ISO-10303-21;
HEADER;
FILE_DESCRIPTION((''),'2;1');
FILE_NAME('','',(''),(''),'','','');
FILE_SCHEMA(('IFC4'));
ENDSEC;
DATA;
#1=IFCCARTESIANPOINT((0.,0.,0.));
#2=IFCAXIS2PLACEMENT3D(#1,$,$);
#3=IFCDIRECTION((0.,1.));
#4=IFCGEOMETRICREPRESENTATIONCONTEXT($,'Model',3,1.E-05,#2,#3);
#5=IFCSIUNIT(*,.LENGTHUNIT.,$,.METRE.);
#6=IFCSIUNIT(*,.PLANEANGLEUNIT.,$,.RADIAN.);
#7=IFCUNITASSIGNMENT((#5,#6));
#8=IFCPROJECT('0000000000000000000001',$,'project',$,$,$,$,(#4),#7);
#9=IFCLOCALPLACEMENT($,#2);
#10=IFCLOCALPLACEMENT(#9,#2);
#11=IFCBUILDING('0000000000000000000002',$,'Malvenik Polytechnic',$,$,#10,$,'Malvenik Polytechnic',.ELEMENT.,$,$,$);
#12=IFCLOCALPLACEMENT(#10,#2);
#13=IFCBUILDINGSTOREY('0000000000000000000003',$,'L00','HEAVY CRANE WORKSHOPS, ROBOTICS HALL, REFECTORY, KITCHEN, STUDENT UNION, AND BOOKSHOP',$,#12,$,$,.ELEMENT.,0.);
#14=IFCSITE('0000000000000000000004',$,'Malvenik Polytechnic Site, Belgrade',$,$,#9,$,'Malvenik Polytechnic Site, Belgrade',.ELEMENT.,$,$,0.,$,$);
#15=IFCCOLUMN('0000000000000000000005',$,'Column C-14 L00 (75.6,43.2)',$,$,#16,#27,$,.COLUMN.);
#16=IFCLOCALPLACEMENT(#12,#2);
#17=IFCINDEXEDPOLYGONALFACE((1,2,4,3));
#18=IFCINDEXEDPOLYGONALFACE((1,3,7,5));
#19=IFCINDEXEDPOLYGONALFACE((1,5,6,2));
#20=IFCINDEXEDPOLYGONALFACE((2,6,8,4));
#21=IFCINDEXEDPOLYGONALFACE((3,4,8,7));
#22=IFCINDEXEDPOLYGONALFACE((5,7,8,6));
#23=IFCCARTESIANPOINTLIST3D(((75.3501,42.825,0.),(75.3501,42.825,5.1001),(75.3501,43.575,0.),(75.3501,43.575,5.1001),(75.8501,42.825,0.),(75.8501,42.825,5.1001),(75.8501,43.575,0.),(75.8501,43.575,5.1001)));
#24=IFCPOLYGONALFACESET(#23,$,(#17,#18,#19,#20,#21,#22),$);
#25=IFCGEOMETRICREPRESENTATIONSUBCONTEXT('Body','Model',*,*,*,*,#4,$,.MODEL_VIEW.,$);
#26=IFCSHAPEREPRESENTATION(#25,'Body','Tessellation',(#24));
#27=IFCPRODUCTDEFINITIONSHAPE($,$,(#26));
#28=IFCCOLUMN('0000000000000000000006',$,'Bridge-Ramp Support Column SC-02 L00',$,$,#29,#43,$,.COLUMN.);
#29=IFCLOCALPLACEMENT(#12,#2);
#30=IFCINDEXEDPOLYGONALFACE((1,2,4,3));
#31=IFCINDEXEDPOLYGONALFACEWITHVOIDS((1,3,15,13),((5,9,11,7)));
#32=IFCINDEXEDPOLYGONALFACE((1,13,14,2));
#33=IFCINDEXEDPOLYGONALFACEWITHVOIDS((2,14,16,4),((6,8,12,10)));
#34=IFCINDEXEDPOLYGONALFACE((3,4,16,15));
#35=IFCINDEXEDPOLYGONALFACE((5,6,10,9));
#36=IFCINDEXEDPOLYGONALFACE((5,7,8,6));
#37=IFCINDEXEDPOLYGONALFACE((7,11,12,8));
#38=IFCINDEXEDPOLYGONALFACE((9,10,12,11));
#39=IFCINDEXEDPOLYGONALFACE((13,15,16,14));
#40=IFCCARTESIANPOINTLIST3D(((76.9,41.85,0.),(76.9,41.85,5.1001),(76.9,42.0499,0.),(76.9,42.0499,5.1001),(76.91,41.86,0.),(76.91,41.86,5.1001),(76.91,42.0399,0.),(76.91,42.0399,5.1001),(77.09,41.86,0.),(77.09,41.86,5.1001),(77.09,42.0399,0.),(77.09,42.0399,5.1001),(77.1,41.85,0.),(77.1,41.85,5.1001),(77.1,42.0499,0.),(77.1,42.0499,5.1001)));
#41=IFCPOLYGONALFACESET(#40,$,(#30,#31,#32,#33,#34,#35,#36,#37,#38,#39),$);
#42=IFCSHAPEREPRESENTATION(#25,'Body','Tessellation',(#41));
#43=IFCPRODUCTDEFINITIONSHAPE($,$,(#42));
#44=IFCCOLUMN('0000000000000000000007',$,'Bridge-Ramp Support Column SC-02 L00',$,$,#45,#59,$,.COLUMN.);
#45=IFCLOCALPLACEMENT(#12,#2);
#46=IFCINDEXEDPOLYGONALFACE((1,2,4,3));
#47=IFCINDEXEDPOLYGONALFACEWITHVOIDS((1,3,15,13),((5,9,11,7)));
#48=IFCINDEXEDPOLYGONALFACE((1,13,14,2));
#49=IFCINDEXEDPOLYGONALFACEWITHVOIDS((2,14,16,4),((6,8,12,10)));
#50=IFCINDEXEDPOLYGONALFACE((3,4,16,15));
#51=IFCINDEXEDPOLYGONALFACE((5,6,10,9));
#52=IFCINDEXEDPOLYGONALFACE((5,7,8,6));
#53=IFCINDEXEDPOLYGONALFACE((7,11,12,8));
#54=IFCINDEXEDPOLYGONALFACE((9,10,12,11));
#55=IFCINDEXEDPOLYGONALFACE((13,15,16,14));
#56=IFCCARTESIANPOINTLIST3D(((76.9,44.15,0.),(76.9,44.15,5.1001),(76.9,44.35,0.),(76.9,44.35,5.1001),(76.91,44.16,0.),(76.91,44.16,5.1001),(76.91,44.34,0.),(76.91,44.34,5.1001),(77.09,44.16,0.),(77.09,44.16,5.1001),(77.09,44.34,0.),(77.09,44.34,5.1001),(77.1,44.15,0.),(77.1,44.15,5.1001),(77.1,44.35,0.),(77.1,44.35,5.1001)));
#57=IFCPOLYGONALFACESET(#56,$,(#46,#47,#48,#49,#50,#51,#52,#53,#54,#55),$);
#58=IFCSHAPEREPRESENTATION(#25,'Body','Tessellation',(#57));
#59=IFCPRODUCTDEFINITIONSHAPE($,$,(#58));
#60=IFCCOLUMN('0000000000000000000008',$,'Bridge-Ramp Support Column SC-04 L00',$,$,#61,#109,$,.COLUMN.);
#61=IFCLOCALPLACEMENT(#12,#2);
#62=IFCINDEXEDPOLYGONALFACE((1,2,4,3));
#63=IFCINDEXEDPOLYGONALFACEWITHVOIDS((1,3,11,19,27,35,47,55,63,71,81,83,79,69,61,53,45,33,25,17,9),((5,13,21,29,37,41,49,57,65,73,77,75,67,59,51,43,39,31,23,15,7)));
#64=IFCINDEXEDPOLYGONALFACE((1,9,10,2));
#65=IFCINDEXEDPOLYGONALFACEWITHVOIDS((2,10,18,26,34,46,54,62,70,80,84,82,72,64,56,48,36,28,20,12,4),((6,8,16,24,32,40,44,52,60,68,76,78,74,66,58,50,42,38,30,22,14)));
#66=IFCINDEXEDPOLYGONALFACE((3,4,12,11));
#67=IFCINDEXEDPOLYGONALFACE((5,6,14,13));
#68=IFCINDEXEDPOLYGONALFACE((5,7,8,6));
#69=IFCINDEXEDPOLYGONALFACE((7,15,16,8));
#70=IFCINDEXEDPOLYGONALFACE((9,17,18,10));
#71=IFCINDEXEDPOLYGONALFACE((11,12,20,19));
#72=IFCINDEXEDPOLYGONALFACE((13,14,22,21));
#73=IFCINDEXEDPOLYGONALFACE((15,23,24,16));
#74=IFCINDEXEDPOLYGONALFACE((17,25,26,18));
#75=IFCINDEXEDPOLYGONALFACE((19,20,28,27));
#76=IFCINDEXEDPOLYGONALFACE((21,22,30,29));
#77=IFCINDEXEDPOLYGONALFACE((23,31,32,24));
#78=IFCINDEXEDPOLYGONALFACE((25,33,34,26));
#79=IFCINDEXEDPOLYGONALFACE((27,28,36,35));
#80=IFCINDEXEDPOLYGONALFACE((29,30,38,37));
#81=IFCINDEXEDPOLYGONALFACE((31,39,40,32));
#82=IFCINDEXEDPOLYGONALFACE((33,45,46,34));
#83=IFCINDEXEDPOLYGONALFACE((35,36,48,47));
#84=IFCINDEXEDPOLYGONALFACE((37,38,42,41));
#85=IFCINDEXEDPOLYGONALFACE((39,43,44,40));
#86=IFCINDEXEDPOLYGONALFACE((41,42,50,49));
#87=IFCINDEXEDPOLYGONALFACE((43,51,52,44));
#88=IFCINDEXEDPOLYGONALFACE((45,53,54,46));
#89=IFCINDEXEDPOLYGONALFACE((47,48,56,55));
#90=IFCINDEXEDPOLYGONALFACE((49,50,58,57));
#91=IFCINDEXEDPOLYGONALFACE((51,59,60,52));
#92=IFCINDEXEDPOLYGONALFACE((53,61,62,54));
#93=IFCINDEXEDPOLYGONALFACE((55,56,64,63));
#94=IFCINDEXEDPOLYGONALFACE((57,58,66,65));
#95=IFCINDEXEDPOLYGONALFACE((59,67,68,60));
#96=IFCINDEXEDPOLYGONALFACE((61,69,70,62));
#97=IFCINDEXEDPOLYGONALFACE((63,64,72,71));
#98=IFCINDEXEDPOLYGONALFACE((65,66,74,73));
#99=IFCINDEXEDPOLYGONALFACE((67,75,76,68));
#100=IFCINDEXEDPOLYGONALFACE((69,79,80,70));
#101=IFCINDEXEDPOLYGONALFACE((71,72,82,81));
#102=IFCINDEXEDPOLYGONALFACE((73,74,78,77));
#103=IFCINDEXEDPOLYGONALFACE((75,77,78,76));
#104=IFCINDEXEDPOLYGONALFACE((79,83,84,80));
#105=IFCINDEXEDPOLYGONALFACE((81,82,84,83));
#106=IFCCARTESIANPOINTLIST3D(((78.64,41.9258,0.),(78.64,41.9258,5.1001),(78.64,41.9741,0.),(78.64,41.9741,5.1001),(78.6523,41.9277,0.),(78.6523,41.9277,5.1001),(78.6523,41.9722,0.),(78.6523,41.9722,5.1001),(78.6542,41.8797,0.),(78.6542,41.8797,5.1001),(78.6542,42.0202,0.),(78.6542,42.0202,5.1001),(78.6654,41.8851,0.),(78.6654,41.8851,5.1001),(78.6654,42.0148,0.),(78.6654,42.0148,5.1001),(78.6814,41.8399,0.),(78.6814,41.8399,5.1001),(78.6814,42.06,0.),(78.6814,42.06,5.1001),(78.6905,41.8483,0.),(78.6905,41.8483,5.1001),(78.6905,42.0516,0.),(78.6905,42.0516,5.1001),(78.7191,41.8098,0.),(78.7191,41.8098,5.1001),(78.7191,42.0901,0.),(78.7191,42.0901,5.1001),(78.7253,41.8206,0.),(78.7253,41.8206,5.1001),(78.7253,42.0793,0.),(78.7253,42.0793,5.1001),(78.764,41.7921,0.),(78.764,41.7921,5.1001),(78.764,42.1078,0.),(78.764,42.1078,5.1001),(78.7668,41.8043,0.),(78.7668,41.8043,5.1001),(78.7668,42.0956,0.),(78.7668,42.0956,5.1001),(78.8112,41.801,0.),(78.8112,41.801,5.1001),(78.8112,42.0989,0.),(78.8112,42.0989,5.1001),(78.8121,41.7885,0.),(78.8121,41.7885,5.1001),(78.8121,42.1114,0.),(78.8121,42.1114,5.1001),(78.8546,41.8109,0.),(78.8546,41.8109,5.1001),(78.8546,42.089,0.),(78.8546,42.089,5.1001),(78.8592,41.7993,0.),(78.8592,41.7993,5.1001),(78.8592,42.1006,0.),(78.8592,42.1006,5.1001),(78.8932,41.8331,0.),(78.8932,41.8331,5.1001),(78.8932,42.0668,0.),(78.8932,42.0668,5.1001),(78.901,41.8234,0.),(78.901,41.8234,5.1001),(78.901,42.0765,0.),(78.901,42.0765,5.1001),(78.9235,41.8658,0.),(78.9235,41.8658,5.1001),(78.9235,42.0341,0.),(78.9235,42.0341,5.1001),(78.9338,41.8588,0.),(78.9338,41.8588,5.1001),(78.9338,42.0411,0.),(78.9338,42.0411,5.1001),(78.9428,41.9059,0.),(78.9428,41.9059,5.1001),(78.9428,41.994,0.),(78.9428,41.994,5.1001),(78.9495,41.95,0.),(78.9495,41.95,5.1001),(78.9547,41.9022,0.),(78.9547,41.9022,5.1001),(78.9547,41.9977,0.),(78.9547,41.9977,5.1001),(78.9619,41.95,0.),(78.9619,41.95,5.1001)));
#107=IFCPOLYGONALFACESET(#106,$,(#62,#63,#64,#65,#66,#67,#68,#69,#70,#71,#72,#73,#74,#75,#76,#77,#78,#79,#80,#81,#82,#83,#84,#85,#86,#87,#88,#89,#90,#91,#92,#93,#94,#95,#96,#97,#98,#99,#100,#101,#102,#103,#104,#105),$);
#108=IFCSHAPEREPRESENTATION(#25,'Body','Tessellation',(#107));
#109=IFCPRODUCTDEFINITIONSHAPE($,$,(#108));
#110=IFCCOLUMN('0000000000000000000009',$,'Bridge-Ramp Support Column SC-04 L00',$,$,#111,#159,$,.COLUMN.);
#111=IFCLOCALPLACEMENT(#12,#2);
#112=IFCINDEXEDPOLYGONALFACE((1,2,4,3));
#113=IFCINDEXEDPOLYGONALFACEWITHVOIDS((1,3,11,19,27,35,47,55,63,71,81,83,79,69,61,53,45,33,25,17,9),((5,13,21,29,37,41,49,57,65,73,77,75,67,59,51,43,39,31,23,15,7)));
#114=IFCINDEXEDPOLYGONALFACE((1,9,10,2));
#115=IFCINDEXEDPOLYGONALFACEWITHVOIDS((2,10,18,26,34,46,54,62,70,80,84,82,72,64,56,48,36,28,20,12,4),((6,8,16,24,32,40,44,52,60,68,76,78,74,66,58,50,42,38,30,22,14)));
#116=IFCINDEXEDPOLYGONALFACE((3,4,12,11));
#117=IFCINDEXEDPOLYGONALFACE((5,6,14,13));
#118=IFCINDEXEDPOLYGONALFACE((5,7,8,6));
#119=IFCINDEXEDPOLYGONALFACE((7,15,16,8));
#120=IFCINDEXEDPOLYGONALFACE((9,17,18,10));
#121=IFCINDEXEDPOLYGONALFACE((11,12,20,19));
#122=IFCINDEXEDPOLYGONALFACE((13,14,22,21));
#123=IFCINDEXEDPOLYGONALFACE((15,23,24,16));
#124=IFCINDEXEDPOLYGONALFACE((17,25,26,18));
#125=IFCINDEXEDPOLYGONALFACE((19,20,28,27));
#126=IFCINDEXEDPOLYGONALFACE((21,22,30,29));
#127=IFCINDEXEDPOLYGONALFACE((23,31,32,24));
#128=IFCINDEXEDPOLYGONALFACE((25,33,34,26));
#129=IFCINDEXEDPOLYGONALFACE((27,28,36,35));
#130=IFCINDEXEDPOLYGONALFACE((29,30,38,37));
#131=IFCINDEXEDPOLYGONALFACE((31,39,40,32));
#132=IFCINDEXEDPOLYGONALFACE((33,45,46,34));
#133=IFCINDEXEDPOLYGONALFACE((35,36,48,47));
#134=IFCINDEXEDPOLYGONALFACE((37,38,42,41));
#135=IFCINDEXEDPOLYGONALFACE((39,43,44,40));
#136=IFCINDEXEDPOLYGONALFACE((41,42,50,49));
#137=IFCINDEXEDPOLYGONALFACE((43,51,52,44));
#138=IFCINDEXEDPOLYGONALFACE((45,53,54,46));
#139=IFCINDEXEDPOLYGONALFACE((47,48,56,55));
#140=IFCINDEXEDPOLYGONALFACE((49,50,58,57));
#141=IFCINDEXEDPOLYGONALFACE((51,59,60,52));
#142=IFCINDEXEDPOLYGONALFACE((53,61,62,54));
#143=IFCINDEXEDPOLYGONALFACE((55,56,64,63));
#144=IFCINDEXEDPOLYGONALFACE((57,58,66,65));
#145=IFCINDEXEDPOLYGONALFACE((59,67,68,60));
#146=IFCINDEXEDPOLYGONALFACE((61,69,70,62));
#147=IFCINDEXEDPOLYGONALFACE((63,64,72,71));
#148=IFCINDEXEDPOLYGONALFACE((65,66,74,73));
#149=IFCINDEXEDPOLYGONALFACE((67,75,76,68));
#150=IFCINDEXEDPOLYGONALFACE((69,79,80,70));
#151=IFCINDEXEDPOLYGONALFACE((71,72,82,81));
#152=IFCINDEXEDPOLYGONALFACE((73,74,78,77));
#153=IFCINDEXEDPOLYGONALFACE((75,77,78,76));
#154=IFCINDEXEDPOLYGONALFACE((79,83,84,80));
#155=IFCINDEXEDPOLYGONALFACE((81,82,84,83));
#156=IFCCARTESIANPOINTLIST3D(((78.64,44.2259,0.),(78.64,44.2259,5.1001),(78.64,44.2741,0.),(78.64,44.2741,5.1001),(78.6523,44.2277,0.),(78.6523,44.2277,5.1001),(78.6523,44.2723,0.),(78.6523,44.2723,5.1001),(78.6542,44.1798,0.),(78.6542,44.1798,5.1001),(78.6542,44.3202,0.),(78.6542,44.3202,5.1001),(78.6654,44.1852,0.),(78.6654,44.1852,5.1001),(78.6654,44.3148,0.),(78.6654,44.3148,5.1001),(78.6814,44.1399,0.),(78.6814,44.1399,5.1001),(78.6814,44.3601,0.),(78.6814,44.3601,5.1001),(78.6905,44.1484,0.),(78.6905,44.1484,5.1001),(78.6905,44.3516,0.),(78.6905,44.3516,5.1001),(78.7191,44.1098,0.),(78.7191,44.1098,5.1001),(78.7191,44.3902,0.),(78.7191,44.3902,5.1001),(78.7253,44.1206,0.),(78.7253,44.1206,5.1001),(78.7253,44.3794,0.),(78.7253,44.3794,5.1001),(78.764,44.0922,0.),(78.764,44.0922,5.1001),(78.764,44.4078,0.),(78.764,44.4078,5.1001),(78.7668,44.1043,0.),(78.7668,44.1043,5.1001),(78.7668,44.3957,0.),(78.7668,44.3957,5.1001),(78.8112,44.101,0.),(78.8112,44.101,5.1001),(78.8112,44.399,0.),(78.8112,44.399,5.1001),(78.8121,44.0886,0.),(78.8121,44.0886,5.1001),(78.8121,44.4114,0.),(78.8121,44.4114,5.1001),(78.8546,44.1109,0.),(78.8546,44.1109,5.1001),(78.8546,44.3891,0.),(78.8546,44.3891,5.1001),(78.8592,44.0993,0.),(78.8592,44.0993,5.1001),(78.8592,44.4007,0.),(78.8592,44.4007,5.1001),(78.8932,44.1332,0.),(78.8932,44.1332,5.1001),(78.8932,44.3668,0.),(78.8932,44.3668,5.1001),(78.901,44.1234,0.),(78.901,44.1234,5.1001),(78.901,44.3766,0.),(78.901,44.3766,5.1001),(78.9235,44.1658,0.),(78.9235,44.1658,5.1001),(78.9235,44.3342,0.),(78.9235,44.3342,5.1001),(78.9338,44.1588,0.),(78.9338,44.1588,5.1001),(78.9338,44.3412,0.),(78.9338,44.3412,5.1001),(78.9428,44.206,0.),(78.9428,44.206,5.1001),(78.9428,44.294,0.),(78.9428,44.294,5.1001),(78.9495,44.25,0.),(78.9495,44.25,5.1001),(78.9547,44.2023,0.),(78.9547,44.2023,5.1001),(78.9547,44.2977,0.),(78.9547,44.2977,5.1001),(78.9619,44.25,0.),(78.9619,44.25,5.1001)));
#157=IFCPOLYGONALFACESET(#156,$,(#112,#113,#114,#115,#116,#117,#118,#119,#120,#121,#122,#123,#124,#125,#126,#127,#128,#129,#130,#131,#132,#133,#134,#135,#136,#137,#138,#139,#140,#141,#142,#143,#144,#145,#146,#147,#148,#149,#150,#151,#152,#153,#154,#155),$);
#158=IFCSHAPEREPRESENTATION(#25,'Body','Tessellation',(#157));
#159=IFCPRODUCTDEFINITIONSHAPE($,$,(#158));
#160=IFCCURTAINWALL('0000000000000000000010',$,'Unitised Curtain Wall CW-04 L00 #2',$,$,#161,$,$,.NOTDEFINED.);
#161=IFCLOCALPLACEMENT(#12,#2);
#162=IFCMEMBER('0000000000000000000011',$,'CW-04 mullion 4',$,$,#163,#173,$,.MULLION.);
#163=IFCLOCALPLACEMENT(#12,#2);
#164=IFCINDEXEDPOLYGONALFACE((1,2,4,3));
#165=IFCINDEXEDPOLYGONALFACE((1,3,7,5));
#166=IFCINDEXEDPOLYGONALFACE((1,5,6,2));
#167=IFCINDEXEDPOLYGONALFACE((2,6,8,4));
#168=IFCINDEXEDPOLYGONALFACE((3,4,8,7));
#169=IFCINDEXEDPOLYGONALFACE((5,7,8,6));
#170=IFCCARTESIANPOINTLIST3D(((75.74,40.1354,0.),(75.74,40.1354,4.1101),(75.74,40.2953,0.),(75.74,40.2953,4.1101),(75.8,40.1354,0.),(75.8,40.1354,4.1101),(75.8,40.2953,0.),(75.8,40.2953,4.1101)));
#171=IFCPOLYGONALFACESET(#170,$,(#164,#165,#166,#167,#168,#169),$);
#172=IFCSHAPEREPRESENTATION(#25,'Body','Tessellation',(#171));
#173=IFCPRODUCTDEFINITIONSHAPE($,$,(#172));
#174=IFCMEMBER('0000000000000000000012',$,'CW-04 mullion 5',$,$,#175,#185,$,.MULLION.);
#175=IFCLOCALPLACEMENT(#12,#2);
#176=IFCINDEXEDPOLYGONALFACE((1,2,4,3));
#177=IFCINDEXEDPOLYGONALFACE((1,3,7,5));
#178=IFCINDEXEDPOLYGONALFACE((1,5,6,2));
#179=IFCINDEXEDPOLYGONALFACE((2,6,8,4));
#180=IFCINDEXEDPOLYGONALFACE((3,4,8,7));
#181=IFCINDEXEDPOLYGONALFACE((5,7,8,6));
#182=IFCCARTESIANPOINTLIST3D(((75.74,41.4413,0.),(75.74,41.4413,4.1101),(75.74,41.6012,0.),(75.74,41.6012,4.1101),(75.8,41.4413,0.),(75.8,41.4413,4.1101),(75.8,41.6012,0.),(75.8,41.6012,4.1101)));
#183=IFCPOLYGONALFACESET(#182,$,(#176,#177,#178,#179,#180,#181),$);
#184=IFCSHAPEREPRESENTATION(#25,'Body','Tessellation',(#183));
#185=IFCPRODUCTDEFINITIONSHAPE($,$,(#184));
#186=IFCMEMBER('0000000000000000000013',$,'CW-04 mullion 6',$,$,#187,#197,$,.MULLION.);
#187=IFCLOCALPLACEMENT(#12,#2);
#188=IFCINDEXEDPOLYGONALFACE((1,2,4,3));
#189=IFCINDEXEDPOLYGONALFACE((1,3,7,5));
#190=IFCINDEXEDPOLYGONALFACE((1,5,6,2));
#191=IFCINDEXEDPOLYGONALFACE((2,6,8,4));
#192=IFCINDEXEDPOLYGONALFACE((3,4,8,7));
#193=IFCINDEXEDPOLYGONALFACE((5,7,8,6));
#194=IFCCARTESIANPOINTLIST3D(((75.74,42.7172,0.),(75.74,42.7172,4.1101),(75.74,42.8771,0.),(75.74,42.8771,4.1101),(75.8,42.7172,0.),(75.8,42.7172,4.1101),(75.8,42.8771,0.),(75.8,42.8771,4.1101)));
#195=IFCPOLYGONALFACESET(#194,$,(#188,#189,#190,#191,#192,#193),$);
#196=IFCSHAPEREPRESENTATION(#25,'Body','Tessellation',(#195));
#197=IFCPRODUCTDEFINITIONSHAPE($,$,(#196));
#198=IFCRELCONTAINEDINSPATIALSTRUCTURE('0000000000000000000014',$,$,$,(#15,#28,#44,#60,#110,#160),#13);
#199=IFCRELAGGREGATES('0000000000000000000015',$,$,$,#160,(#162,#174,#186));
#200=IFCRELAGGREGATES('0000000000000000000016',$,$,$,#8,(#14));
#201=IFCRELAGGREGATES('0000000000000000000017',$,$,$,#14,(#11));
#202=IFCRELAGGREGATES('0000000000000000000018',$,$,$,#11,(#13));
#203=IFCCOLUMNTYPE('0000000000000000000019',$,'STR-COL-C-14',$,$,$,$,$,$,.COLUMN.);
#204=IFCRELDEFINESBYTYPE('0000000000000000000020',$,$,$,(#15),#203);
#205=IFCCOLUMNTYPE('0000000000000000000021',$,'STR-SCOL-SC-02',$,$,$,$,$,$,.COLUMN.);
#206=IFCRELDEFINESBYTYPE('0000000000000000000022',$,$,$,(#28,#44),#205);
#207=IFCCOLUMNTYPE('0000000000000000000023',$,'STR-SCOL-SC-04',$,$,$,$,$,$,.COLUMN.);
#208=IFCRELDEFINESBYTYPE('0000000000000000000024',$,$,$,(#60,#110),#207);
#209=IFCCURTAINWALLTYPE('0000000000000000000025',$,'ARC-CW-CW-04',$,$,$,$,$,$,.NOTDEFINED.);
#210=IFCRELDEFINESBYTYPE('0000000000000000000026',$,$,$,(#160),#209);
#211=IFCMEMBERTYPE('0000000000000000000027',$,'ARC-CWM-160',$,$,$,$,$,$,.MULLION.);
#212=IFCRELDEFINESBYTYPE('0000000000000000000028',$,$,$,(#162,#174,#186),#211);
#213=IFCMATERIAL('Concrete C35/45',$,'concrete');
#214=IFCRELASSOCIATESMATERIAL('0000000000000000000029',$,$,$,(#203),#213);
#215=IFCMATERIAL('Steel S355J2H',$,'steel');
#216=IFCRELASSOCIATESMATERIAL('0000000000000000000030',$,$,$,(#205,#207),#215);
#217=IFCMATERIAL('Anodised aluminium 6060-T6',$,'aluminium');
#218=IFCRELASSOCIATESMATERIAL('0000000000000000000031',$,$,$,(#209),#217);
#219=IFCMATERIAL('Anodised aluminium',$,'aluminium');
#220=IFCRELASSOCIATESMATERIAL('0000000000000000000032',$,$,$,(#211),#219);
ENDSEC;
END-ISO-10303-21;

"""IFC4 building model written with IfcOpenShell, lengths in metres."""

from ifc_helpers import new_model, si_unit, direction, frame, origin, origin_2d, place, context, subcontext, project, spatial, rectangle, hollow_rectangle, hollow_circle, extrude, material, material_profile, profile_set, type_object, element, aggregate, save


model = new_model("IFC4")

# Units and contexts
model_context = context("Model", 3, precision=1e-05, world=origin(), true_north=direction((0.0, 1.0)))
body_context = subcontext(model_context, "Body", "Model", "MODEL_VIEW")
ifc_project = project(units=[si_unit("LENGTHUNIT", "METRE"), si_unit("PLANEANGLEUNIT", "RADIAN")], contexts=[model_context])

# Site, building, storey
site_placement = place(None, origin())
site = spatial("IfcSite", under=ifc_project, at=site_placement, Name="Malvenik Polytechnic Site, Belgrade", LongName="Malvenik Polytechnic Site, Belgrade", CompositionType="ELEMENT", RefElevation=0.0)
building_placement = place(site_placement, origin())
building = spatial("IfcBuilding", under=site, at=building_placement, Name="Malvenik Polytechnic", LongName="Malvenik Polytechnic", CompositionType="ELEMENT")
storey_placement = place(building_placement, origin())
storey = spatial("IfcBuildingStorey", under=building, at=storey_placement, Name="L00", Description="HEAVY CRANE WORKSHOPS, ROBOTICS HALL, REFECTORY, KITCHEN, STUDENT UNION, AND BOOKSHOP", CompositionType="ELEMENT", Elevation=0.0)

# Columns
ifc_material_1 = material(Name="Concrete C35/45", Category="concrete")
ifc_material_profile_1 = material_profile(ifc_material_1, rectangle(XDim=0.5, YDim=0.75, at=origin_2d()), Name="RC COL 750x500")
ifc_profile_set_1 = profile_set([ifc_material_profile_1], Name="Concrete C35/45")
column_type_1 = type_object("IfcColumnType", Name="STR-COL-C-14", PredefinedType="COLUMN", material=ifc_profile_set_1)
column_placement = place(storey_placement, frame((75.6001, 43.2, 0.0), z_axis=(0.0, 0.0, 1.0), x_axis=(1.0, 0.0, 0.0)))
element("IfcColumn", 1, at=column_placement, inside=storey, type_object=column_type_1, Name="Column C-14 L00 (75.6,43.2)", PredefinedType="COLUMN", context=body_context, shape_type="SweptSolid", body=[
    extrude(rectangle(XDim=0.5, YDim=0.75, at=origin_2d()), origin(), (0.0, 0.0, 1.0), 5.1001),
])
ifc_material_2 = material(Name="Steel S355J2H", Category="steel")
ifc_material_profile_2 = material_profile(ifc_material_2, hollow_rectangle(XDim=0.2, YDim=0.2, WallThickness=0.01, at=origin_2d()), Name="SHS 200x200x10.0")
ifc_profile_set_2 = profile_set([ifc_material_profile_2], Name="Steel S355J2H")
column_type_2 = type_object("IfcColumnType", Name="STR-SCOL-SC-02", PredefinedType="COLUMN", material=ifc_profile_set_2)
for number, where, z_axis, x_axis, name in (
    (2, (77.0, 41.95, 0.0), (0.0, 0.0, 1.0), (1.0, 0.0, 0.0), "Bridge-Ramp Support Column SC-02 L00"),
    (3, (77.0, 44.25, 0.0), (0.0, 0.0, 1.0), (1.0, 0.0, 0.0), "Bridge-Ramp Support Column SC-02 L00"),
):
    element("IfcColumn", number, at=place(storey_placement, frame(where, z_axis=z_axis, x_axis=x_axis)), inside=storey, type_object=column_type_2, Name=name, PredefinedType="COLUMN", context=body_context, shape_type="SweptSolid", body=[
        extrude(hollow_rectangle(XDim=0.2, YDim=0.2, WallThickness=0.01, at=origin_2d()), origin(), (0.0, 0.0, 1.0), 5.1001),
    ])
ifc_material_profile_3 = material_profile(ifc_material_2, hollow_circle(Radius=0.1619, WallThickness=0.0125, at=origin_2d()), Name="CHS 323.9x12.5")
ifc_profile_set_3 = profile_set([ifc_material_profile_3], Name="Steel S355J2H")
column_type_3 = type_object("IfcColumnType", Name="STR-SCOL-SC-04", PredefinedType="COLUMN", material=ifc_profile_set_3)
for number, where, z_axis, x_axis, name in (
    (4, (78.8, 41.95, 0.0), (0.0, 0.0, 1.0), (1.0, 0.0, 0.0), "Bridge-Ramp Support Column SC-04 L00"),
    (5, (78.8, 44.25, 0.0), (0.0, 0.0, 1.0), (1.0, 0.0, 0.0), "Bridge-Ramp Support Column SC-04 L00"),
):
    element("IfcColumn", number, at=place(storey_placement, frame(where, z_axis=z_axis, x_axis=x_axis)), inside=storey, type_object=column_type_3, Name=name, PredefinedType="COLUMN", context=body_context, shape_type="SweptSolid", body=[
        extrude(hollow_circle(Radius=0.1619, WallThickness=0.0125, at=origin_2d()), origin(), (0.0, 0.0, 1.0), 5.1001),
    ])

# Curtain wall, members
ifc_material_3 = material(Name="Anodised aluminium 6060-T6", Category="aluminium")
curtain_wall_type = type_object("IfcCurtainWallType", Name="ARC-CW-CW-04", PredefinedType="NOTDEFINED", material=ifc_material_3)
curtain_wall_1_placement = place(storey_placement, origin())
curtain_wall_1 = element("IfcCurtainWall", 6, at=curtain_wall_1_placement, inside=storey, type_object=curtain_wall_type, Name="Unitised Curtain Wall CW-04 L00 #2", PredefinedType="NOTDEFINED")
ifc_material_4 = material(Name="Anodised aluminium", Category="aluminium")
ifc_material_profile_4 = material_profile(ifc_material_4, rectangle(XDim=0.0601, YDim=0.1599, at=origin_2d()), Name="ALU MULLION 60x160")
ifc_profile_set_4 = profile_set([ifc_material_profile_4], Name="Anodised aluminium")
member_type_1 = type_object("IfcMemberType", Name="ARC-CWM-160", PredefinedType="MULLION", material=ifc_profile_set_4)
member_1_placement = place(storey_placement, frame((75.77, 40.2153, 0.0), z_axis=(0.0, 0.0, 1.0), x_axis=(-1.0, 0.0, 0.0)))
member_1 = element("IfcMember", 7, at=member_1_placement, type_object=member_type_1, Name="CW-04 mullion 4", PredefinedType="MULLION", context=body_context, shape_type="SweptSolid", body=[
    extrude(rectangle(XDim=0.0601, YDim=0.1599, at=origin_2d()), origin(), (0.0, 0.0, 1.0), 4.1101),
])
member_2_placement = place(storey_placement, frame((75.77, 41.5212, 0.0), z_axis=(0.0, 0.0, 1.0), x_axis=(-1.0, 0.0, 0.0)))
member_2 = element("IfcMember", 8, at=member_2_placement, type_object=member_type_1, Name="CW-04 mullion 5", PredefinedType="MULLION", context=body_context, shape_type="SweptSolid", body=[
    extrude(rectangle(XDim=0.0601, YDim=0.1599, at=origin_2d()), origin(), (0.0, 0.0, 1.0), 4.1101),
])
member_3_placement = place(storey_placement, frame((75.77, 42.7971, 0.0), z_axis=(0.0, 0.0, 1.0), x_axis=(-1.0, 0.0, 0.0)))
member_3 = element("IfcMember", 9, at=member_3_placement, type_object=member_type_1, Name="CW-04 mullion 6", PredefinedType="MULLION", context=body_context, shape_type="SweptSolid", body=[
    extrude(rectangle(XDim=0.0601, YDim=0.1599, at=origin_2d()), origin(), (0.0, 0.0, 1.0), 4.1101),
])

aggregate(curtain_wall_1, [member_1, member_2, member_3])

save(model, "model.ifc")
